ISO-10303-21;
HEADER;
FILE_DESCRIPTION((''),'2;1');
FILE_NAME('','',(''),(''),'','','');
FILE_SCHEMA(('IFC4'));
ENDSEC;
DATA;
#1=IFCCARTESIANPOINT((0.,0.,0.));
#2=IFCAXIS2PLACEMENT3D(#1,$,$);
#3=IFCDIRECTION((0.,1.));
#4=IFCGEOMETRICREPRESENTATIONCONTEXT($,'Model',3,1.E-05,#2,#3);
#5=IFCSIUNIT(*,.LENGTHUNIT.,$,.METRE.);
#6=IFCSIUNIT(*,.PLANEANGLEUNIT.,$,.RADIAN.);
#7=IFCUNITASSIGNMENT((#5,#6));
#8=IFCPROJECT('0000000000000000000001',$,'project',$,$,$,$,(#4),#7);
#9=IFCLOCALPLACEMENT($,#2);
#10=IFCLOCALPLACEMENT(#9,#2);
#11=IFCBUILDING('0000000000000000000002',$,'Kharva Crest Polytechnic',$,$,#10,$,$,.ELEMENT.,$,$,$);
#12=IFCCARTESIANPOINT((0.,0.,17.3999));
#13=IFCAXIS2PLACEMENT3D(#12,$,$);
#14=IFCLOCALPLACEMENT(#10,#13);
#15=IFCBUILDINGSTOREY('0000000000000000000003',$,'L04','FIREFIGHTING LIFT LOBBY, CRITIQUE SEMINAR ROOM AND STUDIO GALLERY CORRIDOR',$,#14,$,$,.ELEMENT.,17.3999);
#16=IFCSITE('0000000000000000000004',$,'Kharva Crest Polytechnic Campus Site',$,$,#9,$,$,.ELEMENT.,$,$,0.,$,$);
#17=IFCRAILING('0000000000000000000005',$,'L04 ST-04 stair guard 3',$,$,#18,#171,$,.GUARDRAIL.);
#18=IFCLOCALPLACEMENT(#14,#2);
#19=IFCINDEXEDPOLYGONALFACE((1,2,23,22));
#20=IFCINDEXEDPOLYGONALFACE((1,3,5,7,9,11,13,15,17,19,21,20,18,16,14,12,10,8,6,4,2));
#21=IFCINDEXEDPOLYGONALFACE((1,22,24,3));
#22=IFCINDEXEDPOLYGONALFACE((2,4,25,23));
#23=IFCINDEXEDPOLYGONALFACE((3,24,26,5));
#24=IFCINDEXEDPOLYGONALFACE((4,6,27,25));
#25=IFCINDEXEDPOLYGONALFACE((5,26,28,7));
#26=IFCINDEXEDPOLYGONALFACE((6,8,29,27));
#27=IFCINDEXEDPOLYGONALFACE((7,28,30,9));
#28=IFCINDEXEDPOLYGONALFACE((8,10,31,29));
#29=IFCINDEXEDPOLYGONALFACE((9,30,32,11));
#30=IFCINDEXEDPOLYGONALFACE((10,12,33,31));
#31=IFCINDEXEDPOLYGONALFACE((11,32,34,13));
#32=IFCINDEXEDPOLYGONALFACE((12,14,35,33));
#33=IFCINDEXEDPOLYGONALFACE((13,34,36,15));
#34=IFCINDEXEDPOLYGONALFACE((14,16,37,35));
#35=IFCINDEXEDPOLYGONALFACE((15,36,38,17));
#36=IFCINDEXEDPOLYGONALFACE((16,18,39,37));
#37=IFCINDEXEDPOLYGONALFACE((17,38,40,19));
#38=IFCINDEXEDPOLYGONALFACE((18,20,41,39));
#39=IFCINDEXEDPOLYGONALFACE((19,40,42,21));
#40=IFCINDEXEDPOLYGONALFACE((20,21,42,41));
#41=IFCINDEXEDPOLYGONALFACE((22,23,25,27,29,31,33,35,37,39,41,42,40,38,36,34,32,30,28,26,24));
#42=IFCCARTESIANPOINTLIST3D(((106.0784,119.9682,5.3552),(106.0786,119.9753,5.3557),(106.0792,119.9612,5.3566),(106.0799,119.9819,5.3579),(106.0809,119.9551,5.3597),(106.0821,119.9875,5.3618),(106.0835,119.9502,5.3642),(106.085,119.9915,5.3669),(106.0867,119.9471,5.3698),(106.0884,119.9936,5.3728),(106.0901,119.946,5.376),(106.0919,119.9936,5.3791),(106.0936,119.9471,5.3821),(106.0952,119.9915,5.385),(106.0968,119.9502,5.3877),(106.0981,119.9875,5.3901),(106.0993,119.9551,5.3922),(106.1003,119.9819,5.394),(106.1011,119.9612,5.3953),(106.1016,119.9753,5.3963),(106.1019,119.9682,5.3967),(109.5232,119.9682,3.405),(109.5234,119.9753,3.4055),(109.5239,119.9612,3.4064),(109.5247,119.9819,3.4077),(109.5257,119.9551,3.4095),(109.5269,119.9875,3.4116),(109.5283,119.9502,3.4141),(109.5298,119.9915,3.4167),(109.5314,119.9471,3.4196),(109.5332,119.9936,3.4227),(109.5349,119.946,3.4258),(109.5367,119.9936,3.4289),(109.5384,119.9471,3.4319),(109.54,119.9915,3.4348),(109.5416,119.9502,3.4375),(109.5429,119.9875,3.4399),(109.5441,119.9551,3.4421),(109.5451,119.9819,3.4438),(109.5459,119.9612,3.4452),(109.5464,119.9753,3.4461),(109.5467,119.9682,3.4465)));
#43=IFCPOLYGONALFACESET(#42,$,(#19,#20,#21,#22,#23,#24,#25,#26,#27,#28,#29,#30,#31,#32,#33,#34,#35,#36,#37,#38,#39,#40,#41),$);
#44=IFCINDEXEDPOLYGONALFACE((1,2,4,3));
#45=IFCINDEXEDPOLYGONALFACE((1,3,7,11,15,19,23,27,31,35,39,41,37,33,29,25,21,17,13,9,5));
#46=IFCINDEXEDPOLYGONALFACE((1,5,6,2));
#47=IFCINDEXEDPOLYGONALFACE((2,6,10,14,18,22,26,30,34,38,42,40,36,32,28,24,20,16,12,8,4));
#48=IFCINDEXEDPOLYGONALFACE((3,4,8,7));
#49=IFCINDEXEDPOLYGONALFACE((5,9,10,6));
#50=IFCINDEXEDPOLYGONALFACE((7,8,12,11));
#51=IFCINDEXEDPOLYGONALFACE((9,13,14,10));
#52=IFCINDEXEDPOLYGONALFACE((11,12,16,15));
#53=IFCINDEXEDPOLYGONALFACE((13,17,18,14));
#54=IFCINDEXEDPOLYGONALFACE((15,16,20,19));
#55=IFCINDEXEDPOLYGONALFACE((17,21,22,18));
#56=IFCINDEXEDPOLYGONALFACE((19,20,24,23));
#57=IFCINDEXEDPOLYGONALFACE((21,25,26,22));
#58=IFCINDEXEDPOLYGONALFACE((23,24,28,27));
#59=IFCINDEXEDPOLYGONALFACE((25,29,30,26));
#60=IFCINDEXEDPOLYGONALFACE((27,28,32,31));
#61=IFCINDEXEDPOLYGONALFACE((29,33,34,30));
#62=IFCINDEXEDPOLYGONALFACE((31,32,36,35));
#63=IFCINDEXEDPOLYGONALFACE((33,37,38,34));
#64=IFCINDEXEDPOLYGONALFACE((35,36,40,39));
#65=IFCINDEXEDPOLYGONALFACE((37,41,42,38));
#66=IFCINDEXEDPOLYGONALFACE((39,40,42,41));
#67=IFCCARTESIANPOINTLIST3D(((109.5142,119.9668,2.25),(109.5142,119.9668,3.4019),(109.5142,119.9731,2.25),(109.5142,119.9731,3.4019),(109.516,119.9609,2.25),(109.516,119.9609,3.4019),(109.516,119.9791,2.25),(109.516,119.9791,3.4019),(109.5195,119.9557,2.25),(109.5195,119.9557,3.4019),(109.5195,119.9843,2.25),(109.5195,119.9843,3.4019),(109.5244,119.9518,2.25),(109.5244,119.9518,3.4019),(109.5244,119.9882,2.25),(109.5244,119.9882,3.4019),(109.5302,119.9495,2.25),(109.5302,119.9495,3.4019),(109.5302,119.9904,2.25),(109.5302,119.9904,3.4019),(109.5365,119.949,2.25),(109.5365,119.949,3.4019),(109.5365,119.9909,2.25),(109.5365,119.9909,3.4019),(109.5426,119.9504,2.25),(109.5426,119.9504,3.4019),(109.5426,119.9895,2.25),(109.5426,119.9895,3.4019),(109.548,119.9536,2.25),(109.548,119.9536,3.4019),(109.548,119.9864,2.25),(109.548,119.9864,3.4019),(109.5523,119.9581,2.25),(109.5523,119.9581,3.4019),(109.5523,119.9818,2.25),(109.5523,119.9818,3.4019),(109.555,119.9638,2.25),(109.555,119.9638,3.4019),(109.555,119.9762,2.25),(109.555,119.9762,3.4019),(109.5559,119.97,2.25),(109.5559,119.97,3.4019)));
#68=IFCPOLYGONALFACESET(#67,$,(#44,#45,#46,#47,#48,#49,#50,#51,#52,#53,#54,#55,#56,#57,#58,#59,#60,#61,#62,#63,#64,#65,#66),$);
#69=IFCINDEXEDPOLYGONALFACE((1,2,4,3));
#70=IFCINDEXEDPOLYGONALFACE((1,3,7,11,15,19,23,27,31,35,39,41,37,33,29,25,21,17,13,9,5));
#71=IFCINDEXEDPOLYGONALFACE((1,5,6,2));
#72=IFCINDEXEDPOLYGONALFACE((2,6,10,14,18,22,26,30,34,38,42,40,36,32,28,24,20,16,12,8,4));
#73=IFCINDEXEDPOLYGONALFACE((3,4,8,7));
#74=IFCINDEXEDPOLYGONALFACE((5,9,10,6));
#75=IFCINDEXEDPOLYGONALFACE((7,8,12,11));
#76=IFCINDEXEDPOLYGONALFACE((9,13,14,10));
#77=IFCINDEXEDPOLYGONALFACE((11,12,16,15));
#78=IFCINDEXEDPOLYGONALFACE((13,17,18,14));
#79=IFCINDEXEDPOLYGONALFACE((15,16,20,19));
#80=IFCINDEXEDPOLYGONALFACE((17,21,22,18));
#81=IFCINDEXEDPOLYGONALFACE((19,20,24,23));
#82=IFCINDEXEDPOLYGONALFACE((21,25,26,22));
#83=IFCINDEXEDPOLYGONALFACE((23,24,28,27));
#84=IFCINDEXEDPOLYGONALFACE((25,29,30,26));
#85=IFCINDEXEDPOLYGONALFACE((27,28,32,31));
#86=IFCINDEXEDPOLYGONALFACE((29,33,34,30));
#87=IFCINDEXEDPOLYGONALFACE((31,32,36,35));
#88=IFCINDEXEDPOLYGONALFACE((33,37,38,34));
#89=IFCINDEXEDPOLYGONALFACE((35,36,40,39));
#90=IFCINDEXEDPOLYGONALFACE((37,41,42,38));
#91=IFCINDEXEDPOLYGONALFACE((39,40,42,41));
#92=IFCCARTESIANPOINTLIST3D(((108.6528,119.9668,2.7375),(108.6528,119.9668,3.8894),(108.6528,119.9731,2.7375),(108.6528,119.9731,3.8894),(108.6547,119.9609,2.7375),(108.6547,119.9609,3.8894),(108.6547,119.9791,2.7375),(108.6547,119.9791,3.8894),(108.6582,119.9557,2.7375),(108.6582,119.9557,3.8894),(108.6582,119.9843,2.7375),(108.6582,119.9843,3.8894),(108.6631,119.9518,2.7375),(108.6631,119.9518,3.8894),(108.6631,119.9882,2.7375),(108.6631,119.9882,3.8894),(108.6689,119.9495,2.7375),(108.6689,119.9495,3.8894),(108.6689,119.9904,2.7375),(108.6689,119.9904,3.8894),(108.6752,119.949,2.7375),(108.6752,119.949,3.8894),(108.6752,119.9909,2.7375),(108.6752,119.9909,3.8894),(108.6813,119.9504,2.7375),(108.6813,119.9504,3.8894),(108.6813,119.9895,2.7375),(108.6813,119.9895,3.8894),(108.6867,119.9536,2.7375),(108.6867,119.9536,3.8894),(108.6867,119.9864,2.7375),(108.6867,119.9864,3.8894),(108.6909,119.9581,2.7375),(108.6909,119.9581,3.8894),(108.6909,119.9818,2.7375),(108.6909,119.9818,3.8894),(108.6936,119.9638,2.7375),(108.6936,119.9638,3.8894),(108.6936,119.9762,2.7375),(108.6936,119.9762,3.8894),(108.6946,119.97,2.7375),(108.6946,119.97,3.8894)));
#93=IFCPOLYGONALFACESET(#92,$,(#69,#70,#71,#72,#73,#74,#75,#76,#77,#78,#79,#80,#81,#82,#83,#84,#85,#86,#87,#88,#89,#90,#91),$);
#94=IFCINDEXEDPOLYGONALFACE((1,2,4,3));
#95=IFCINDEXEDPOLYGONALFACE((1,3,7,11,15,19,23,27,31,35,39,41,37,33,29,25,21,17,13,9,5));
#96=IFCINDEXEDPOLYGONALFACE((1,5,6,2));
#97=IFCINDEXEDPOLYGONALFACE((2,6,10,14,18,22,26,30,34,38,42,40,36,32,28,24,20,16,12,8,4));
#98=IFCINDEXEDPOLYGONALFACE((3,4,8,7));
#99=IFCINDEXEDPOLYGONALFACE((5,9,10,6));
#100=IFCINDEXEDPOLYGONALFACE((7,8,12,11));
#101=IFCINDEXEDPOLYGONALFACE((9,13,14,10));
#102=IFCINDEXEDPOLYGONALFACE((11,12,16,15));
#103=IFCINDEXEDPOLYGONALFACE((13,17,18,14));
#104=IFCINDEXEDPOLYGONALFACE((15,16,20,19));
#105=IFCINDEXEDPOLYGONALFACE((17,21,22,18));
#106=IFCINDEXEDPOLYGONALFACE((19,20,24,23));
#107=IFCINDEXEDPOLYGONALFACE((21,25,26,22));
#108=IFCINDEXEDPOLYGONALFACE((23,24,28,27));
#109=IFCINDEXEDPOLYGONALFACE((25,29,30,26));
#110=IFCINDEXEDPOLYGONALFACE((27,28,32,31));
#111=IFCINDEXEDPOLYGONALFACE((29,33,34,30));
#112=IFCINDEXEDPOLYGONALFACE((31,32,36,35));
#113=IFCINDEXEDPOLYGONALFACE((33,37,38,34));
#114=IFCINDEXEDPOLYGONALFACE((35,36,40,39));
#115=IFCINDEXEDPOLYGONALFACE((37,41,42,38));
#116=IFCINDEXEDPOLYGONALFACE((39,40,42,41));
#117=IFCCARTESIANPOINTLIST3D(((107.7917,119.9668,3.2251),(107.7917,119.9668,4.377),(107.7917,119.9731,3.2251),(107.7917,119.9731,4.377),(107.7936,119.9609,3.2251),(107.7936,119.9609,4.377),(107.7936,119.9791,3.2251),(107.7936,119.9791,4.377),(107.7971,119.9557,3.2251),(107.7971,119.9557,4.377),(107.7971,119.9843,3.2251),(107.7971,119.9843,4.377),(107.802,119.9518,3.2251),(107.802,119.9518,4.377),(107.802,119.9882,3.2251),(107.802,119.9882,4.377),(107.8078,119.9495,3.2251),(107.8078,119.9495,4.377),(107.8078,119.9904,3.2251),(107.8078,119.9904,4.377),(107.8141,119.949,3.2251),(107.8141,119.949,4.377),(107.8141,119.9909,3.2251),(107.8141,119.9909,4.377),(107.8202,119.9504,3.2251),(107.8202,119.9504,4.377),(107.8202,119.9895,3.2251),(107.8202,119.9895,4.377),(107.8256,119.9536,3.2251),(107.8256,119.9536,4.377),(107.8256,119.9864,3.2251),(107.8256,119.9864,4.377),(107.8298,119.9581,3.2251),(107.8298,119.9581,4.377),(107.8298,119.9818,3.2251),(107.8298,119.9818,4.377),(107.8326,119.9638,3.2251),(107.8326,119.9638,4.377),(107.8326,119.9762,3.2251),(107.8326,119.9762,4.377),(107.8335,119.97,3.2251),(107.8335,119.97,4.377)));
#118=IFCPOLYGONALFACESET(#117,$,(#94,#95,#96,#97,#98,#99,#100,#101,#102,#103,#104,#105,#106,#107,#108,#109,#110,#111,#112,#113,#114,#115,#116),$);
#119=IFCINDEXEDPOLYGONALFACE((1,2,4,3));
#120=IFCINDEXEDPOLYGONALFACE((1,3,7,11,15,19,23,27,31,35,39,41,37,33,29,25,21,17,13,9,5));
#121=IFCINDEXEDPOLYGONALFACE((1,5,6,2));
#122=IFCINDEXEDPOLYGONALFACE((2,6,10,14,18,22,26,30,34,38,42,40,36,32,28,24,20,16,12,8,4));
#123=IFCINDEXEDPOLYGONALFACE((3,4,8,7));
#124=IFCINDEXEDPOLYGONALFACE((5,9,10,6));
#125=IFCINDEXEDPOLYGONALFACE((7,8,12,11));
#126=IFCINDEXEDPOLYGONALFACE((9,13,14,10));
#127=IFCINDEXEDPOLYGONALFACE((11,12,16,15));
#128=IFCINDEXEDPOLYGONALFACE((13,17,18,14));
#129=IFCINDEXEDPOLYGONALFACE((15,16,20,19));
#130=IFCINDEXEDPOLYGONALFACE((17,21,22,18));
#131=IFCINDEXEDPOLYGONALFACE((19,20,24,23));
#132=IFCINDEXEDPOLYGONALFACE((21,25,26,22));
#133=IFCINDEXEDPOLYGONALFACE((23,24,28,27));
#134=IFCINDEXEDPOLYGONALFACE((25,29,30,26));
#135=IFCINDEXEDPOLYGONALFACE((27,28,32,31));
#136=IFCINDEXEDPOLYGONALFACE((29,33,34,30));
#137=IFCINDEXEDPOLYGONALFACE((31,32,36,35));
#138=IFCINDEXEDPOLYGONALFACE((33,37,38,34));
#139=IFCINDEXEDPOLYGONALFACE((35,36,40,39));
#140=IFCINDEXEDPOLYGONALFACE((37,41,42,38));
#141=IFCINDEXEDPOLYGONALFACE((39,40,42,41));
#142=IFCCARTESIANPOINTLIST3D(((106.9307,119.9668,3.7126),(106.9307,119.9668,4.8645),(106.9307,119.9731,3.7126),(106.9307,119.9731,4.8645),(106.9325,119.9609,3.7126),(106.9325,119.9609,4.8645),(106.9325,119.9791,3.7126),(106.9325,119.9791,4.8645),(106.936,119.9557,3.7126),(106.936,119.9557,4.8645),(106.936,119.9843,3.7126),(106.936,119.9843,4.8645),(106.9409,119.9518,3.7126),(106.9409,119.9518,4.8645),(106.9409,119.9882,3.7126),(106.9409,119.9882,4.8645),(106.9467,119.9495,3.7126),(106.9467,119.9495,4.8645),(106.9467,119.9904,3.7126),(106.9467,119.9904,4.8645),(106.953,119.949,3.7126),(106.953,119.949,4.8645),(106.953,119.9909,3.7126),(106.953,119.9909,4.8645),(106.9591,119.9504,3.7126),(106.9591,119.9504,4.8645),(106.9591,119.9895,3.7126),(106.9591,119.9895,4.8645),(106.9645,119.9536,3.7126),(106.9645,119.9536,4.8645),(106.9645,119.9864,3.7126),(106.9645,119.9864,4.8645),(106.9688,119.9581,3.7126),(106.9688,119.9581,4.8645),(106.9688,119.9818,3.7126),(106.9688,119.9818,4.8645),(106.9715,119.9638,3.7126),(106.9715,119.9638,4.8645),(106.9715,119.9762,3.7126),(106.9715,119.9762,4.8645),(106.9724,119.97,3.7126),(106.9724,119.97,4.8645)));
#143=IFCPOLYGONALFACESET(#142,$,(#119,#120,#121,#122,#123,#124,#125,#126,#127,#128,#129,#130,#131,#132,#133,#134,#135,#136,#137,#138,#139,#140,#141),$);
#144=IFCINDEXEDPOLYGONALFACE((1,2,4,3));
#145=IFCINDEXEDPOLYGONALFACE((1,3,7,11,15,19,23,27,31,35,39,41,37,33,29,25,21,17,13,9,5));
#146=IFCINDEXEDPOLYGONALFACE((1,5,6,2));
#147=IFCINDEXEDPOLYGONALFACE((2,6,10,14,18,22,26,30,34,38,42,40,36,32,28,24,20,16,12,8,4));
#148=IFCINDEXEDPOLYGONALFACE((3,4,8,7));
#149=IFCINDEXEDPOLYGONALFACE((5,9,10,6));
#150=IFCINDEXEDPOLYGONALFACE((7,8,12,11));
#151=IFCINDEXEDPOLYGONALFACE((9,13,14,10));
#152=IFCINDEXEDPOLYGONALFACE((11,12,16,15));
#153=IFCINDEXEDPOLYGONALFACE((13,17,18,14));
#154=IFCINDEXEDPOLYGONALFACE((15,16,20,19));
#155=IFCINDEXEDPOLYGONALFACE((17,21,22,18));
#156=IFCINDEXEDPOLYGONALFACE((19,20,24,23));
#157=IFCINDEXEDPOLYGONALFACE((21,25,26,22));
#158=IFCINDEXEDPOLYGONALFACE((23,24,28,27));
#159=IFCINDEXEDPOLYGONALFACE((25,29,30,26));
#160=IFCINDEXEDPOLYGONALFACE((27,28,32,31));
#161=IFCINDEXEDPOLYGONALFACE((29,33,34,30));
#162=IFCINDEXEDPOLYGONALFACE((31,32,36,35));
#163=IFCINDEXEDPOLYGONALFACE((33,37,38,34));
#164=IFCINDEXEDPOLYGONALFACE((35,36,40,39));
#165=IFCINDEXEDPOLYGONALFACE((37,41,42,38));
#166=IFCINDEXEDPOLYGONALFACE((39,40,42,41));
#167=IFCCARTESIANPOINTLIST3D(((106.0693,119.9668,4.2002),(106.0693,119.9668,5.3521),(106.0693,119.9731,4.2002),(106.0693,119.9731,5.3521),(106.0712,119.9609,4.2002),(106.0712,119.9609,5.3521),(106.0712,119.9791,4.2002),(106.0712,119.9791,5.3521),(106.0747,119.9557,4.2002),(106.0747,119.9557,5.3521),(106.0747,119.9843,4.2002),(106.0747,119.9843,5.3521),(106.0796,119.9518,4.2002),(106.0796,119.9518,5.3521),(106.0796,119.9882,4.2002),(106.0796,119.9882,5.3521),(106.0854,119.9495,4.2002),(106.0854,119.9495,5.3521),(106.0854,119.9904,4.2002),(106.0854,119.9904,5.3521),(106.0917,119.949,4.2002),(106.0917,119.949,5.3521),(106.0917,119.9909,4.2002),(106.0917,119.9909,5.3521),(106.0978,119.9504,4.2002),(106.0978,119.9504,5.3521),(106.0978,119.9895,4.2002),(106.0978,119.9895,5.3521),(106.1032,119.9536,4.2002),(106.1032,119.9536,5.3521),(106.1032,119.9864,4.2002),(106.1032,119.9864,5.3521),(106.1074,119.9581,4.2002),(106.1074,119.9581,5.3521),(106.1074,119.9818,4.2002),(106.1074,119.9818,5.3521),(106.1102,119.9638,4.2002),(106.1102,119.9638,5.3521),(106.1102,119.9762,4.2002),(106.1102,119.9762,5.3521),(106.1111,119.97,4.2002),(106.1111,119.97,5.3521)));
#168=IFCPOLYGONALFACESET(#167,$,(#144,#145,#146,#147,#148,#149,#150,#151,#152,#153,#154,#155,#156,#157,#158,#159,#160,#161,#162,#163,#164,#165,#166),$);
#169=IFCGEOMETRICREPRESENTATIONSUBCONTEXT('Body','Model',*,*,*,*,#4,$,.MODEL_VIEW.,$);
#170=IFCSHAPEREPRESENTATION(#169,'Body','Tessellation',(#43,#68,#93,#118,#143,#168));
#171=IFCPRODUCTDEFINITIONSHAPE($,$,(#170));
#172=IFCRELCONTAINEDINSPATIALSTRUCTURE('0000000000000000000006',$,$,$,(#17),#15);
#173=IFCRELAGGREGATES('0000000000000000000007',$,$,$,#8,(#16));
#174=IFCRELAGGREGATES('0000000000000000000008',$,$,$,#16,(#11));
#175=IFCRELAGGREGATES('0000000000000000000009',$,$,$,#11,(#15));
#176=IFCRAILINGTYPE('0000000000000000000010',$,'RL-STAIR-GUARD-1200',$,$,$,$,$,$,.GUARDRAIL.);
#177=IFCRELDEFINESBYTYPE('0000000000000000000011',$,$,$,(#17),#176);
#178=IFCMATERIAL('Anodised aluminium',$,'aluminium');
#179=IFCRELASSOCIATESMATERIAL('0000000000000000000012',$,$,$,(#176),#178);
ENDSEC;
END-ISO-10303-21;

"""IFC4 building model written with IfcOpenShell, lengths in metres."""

from ifc_helpers import new_model, si_unit, direction, frame, origin, origin_2d, place, context, subcontext, project, spatial, circle, extrude, material, type_object, element, save


model = new_model("IFC4")

# Units and contexts
model_context = context("Model", 3, precision=1e-05, world=origin(), true_north=direction((0.0, 1.0)))
body_context = subcontext(model_context, "Body", "Model", "MODEL_VIEW")
ifc_project = project(units=[si_unit("LENGTHUNIT", "METRE"), si_unit("PLANEANGLEUNIT", "RADIAN")], contexts=[model_context])

# Site, building, storey
site_placement = place(None, origin())
site = spatial("IfcSite", under=ifc_project, at=site_placement, Name="Kharva Crest Polytechnic Campus Site", CompositionType="ELEMENT", RefElevation=0.0)
building_placement = place(site_placement, origin())
building = spatial("IfcBuilding", under=site, at=building_placement, Name="Kharva Crest Polytechnic", CompositionType="ELEMENT")
storey_placement = place(building_placement, frame((0.0, 0.0, 17.3999)))
storey = spatial("IfcBuildingStorey", under=building, at=storey_placement, Name="L04", Description="FIREFIGHTING LIFT LOBBY, CRITIQUE SEMINAR ROOM AND STUDIO GALLERY CORRIDOR", CompositionType="ELEMENT", Elevation=17.3999)

# Shared definitions
ifc_material_1 = material(Name="Anodised aluminium", Category="aluminium")

# Railing
railing_type_1 = type_object("IfcRailingType", Name="RL-STAIR-GUARD-1200", PredefinedType="GUARDRAIL", material=ifc_material_1)
railing_1_placement = place(storey_placement, frame((109.5349, 119.97, 2.25)))
element("IfcRailing", 1, at=railing_1_placement, inside=storey, type_object=railing_type_1, Name="L04 ST-04 stair guard 3", PredefinedType="GUARDRAIL", context=body_context, shape_type="SweptSolid", body=[
    extrude(circle(Radius=0.0239, at=origin_2d()), frame((0.0, 0.0, 1.1758), z_axis=(-0.870225, 0.0, 0.492655), x_axis=(0.0, -1.0, 0.0)), (0.0, 0.0, 1.0), 3.9585),
    extrude(circle(Radius=0.021, at=origin_2d()), origin(), (0.0, 0.0, 1.0), 1.1519),
    extrude(circle(Radius=0.021, at=origin_2d()), frame((-0.8613, 0.0, 0.4875)), (0.0, 0.0, 1.0), 1.1519),
    extrude(circle(Radius=0.021, at=origin_2d()), frame((-1.7224, 0.0, 0.9751)), (0.0, 0.0, 1.0), 1.1519),
    extrude(circle(Radius=0.021, at=origin_2d()), frame((-2.5835, 0.0, 1.4626)), (0.0, 0.0, 1.0), 1.1519),
    extrude(circle(Radius=0.021, at=origin_2d()), frame((-3.4448, 0.0, 1.9502)), (0.0, 0.0, 1.0), 1.1519),
])

save(model, "model.ifc")
